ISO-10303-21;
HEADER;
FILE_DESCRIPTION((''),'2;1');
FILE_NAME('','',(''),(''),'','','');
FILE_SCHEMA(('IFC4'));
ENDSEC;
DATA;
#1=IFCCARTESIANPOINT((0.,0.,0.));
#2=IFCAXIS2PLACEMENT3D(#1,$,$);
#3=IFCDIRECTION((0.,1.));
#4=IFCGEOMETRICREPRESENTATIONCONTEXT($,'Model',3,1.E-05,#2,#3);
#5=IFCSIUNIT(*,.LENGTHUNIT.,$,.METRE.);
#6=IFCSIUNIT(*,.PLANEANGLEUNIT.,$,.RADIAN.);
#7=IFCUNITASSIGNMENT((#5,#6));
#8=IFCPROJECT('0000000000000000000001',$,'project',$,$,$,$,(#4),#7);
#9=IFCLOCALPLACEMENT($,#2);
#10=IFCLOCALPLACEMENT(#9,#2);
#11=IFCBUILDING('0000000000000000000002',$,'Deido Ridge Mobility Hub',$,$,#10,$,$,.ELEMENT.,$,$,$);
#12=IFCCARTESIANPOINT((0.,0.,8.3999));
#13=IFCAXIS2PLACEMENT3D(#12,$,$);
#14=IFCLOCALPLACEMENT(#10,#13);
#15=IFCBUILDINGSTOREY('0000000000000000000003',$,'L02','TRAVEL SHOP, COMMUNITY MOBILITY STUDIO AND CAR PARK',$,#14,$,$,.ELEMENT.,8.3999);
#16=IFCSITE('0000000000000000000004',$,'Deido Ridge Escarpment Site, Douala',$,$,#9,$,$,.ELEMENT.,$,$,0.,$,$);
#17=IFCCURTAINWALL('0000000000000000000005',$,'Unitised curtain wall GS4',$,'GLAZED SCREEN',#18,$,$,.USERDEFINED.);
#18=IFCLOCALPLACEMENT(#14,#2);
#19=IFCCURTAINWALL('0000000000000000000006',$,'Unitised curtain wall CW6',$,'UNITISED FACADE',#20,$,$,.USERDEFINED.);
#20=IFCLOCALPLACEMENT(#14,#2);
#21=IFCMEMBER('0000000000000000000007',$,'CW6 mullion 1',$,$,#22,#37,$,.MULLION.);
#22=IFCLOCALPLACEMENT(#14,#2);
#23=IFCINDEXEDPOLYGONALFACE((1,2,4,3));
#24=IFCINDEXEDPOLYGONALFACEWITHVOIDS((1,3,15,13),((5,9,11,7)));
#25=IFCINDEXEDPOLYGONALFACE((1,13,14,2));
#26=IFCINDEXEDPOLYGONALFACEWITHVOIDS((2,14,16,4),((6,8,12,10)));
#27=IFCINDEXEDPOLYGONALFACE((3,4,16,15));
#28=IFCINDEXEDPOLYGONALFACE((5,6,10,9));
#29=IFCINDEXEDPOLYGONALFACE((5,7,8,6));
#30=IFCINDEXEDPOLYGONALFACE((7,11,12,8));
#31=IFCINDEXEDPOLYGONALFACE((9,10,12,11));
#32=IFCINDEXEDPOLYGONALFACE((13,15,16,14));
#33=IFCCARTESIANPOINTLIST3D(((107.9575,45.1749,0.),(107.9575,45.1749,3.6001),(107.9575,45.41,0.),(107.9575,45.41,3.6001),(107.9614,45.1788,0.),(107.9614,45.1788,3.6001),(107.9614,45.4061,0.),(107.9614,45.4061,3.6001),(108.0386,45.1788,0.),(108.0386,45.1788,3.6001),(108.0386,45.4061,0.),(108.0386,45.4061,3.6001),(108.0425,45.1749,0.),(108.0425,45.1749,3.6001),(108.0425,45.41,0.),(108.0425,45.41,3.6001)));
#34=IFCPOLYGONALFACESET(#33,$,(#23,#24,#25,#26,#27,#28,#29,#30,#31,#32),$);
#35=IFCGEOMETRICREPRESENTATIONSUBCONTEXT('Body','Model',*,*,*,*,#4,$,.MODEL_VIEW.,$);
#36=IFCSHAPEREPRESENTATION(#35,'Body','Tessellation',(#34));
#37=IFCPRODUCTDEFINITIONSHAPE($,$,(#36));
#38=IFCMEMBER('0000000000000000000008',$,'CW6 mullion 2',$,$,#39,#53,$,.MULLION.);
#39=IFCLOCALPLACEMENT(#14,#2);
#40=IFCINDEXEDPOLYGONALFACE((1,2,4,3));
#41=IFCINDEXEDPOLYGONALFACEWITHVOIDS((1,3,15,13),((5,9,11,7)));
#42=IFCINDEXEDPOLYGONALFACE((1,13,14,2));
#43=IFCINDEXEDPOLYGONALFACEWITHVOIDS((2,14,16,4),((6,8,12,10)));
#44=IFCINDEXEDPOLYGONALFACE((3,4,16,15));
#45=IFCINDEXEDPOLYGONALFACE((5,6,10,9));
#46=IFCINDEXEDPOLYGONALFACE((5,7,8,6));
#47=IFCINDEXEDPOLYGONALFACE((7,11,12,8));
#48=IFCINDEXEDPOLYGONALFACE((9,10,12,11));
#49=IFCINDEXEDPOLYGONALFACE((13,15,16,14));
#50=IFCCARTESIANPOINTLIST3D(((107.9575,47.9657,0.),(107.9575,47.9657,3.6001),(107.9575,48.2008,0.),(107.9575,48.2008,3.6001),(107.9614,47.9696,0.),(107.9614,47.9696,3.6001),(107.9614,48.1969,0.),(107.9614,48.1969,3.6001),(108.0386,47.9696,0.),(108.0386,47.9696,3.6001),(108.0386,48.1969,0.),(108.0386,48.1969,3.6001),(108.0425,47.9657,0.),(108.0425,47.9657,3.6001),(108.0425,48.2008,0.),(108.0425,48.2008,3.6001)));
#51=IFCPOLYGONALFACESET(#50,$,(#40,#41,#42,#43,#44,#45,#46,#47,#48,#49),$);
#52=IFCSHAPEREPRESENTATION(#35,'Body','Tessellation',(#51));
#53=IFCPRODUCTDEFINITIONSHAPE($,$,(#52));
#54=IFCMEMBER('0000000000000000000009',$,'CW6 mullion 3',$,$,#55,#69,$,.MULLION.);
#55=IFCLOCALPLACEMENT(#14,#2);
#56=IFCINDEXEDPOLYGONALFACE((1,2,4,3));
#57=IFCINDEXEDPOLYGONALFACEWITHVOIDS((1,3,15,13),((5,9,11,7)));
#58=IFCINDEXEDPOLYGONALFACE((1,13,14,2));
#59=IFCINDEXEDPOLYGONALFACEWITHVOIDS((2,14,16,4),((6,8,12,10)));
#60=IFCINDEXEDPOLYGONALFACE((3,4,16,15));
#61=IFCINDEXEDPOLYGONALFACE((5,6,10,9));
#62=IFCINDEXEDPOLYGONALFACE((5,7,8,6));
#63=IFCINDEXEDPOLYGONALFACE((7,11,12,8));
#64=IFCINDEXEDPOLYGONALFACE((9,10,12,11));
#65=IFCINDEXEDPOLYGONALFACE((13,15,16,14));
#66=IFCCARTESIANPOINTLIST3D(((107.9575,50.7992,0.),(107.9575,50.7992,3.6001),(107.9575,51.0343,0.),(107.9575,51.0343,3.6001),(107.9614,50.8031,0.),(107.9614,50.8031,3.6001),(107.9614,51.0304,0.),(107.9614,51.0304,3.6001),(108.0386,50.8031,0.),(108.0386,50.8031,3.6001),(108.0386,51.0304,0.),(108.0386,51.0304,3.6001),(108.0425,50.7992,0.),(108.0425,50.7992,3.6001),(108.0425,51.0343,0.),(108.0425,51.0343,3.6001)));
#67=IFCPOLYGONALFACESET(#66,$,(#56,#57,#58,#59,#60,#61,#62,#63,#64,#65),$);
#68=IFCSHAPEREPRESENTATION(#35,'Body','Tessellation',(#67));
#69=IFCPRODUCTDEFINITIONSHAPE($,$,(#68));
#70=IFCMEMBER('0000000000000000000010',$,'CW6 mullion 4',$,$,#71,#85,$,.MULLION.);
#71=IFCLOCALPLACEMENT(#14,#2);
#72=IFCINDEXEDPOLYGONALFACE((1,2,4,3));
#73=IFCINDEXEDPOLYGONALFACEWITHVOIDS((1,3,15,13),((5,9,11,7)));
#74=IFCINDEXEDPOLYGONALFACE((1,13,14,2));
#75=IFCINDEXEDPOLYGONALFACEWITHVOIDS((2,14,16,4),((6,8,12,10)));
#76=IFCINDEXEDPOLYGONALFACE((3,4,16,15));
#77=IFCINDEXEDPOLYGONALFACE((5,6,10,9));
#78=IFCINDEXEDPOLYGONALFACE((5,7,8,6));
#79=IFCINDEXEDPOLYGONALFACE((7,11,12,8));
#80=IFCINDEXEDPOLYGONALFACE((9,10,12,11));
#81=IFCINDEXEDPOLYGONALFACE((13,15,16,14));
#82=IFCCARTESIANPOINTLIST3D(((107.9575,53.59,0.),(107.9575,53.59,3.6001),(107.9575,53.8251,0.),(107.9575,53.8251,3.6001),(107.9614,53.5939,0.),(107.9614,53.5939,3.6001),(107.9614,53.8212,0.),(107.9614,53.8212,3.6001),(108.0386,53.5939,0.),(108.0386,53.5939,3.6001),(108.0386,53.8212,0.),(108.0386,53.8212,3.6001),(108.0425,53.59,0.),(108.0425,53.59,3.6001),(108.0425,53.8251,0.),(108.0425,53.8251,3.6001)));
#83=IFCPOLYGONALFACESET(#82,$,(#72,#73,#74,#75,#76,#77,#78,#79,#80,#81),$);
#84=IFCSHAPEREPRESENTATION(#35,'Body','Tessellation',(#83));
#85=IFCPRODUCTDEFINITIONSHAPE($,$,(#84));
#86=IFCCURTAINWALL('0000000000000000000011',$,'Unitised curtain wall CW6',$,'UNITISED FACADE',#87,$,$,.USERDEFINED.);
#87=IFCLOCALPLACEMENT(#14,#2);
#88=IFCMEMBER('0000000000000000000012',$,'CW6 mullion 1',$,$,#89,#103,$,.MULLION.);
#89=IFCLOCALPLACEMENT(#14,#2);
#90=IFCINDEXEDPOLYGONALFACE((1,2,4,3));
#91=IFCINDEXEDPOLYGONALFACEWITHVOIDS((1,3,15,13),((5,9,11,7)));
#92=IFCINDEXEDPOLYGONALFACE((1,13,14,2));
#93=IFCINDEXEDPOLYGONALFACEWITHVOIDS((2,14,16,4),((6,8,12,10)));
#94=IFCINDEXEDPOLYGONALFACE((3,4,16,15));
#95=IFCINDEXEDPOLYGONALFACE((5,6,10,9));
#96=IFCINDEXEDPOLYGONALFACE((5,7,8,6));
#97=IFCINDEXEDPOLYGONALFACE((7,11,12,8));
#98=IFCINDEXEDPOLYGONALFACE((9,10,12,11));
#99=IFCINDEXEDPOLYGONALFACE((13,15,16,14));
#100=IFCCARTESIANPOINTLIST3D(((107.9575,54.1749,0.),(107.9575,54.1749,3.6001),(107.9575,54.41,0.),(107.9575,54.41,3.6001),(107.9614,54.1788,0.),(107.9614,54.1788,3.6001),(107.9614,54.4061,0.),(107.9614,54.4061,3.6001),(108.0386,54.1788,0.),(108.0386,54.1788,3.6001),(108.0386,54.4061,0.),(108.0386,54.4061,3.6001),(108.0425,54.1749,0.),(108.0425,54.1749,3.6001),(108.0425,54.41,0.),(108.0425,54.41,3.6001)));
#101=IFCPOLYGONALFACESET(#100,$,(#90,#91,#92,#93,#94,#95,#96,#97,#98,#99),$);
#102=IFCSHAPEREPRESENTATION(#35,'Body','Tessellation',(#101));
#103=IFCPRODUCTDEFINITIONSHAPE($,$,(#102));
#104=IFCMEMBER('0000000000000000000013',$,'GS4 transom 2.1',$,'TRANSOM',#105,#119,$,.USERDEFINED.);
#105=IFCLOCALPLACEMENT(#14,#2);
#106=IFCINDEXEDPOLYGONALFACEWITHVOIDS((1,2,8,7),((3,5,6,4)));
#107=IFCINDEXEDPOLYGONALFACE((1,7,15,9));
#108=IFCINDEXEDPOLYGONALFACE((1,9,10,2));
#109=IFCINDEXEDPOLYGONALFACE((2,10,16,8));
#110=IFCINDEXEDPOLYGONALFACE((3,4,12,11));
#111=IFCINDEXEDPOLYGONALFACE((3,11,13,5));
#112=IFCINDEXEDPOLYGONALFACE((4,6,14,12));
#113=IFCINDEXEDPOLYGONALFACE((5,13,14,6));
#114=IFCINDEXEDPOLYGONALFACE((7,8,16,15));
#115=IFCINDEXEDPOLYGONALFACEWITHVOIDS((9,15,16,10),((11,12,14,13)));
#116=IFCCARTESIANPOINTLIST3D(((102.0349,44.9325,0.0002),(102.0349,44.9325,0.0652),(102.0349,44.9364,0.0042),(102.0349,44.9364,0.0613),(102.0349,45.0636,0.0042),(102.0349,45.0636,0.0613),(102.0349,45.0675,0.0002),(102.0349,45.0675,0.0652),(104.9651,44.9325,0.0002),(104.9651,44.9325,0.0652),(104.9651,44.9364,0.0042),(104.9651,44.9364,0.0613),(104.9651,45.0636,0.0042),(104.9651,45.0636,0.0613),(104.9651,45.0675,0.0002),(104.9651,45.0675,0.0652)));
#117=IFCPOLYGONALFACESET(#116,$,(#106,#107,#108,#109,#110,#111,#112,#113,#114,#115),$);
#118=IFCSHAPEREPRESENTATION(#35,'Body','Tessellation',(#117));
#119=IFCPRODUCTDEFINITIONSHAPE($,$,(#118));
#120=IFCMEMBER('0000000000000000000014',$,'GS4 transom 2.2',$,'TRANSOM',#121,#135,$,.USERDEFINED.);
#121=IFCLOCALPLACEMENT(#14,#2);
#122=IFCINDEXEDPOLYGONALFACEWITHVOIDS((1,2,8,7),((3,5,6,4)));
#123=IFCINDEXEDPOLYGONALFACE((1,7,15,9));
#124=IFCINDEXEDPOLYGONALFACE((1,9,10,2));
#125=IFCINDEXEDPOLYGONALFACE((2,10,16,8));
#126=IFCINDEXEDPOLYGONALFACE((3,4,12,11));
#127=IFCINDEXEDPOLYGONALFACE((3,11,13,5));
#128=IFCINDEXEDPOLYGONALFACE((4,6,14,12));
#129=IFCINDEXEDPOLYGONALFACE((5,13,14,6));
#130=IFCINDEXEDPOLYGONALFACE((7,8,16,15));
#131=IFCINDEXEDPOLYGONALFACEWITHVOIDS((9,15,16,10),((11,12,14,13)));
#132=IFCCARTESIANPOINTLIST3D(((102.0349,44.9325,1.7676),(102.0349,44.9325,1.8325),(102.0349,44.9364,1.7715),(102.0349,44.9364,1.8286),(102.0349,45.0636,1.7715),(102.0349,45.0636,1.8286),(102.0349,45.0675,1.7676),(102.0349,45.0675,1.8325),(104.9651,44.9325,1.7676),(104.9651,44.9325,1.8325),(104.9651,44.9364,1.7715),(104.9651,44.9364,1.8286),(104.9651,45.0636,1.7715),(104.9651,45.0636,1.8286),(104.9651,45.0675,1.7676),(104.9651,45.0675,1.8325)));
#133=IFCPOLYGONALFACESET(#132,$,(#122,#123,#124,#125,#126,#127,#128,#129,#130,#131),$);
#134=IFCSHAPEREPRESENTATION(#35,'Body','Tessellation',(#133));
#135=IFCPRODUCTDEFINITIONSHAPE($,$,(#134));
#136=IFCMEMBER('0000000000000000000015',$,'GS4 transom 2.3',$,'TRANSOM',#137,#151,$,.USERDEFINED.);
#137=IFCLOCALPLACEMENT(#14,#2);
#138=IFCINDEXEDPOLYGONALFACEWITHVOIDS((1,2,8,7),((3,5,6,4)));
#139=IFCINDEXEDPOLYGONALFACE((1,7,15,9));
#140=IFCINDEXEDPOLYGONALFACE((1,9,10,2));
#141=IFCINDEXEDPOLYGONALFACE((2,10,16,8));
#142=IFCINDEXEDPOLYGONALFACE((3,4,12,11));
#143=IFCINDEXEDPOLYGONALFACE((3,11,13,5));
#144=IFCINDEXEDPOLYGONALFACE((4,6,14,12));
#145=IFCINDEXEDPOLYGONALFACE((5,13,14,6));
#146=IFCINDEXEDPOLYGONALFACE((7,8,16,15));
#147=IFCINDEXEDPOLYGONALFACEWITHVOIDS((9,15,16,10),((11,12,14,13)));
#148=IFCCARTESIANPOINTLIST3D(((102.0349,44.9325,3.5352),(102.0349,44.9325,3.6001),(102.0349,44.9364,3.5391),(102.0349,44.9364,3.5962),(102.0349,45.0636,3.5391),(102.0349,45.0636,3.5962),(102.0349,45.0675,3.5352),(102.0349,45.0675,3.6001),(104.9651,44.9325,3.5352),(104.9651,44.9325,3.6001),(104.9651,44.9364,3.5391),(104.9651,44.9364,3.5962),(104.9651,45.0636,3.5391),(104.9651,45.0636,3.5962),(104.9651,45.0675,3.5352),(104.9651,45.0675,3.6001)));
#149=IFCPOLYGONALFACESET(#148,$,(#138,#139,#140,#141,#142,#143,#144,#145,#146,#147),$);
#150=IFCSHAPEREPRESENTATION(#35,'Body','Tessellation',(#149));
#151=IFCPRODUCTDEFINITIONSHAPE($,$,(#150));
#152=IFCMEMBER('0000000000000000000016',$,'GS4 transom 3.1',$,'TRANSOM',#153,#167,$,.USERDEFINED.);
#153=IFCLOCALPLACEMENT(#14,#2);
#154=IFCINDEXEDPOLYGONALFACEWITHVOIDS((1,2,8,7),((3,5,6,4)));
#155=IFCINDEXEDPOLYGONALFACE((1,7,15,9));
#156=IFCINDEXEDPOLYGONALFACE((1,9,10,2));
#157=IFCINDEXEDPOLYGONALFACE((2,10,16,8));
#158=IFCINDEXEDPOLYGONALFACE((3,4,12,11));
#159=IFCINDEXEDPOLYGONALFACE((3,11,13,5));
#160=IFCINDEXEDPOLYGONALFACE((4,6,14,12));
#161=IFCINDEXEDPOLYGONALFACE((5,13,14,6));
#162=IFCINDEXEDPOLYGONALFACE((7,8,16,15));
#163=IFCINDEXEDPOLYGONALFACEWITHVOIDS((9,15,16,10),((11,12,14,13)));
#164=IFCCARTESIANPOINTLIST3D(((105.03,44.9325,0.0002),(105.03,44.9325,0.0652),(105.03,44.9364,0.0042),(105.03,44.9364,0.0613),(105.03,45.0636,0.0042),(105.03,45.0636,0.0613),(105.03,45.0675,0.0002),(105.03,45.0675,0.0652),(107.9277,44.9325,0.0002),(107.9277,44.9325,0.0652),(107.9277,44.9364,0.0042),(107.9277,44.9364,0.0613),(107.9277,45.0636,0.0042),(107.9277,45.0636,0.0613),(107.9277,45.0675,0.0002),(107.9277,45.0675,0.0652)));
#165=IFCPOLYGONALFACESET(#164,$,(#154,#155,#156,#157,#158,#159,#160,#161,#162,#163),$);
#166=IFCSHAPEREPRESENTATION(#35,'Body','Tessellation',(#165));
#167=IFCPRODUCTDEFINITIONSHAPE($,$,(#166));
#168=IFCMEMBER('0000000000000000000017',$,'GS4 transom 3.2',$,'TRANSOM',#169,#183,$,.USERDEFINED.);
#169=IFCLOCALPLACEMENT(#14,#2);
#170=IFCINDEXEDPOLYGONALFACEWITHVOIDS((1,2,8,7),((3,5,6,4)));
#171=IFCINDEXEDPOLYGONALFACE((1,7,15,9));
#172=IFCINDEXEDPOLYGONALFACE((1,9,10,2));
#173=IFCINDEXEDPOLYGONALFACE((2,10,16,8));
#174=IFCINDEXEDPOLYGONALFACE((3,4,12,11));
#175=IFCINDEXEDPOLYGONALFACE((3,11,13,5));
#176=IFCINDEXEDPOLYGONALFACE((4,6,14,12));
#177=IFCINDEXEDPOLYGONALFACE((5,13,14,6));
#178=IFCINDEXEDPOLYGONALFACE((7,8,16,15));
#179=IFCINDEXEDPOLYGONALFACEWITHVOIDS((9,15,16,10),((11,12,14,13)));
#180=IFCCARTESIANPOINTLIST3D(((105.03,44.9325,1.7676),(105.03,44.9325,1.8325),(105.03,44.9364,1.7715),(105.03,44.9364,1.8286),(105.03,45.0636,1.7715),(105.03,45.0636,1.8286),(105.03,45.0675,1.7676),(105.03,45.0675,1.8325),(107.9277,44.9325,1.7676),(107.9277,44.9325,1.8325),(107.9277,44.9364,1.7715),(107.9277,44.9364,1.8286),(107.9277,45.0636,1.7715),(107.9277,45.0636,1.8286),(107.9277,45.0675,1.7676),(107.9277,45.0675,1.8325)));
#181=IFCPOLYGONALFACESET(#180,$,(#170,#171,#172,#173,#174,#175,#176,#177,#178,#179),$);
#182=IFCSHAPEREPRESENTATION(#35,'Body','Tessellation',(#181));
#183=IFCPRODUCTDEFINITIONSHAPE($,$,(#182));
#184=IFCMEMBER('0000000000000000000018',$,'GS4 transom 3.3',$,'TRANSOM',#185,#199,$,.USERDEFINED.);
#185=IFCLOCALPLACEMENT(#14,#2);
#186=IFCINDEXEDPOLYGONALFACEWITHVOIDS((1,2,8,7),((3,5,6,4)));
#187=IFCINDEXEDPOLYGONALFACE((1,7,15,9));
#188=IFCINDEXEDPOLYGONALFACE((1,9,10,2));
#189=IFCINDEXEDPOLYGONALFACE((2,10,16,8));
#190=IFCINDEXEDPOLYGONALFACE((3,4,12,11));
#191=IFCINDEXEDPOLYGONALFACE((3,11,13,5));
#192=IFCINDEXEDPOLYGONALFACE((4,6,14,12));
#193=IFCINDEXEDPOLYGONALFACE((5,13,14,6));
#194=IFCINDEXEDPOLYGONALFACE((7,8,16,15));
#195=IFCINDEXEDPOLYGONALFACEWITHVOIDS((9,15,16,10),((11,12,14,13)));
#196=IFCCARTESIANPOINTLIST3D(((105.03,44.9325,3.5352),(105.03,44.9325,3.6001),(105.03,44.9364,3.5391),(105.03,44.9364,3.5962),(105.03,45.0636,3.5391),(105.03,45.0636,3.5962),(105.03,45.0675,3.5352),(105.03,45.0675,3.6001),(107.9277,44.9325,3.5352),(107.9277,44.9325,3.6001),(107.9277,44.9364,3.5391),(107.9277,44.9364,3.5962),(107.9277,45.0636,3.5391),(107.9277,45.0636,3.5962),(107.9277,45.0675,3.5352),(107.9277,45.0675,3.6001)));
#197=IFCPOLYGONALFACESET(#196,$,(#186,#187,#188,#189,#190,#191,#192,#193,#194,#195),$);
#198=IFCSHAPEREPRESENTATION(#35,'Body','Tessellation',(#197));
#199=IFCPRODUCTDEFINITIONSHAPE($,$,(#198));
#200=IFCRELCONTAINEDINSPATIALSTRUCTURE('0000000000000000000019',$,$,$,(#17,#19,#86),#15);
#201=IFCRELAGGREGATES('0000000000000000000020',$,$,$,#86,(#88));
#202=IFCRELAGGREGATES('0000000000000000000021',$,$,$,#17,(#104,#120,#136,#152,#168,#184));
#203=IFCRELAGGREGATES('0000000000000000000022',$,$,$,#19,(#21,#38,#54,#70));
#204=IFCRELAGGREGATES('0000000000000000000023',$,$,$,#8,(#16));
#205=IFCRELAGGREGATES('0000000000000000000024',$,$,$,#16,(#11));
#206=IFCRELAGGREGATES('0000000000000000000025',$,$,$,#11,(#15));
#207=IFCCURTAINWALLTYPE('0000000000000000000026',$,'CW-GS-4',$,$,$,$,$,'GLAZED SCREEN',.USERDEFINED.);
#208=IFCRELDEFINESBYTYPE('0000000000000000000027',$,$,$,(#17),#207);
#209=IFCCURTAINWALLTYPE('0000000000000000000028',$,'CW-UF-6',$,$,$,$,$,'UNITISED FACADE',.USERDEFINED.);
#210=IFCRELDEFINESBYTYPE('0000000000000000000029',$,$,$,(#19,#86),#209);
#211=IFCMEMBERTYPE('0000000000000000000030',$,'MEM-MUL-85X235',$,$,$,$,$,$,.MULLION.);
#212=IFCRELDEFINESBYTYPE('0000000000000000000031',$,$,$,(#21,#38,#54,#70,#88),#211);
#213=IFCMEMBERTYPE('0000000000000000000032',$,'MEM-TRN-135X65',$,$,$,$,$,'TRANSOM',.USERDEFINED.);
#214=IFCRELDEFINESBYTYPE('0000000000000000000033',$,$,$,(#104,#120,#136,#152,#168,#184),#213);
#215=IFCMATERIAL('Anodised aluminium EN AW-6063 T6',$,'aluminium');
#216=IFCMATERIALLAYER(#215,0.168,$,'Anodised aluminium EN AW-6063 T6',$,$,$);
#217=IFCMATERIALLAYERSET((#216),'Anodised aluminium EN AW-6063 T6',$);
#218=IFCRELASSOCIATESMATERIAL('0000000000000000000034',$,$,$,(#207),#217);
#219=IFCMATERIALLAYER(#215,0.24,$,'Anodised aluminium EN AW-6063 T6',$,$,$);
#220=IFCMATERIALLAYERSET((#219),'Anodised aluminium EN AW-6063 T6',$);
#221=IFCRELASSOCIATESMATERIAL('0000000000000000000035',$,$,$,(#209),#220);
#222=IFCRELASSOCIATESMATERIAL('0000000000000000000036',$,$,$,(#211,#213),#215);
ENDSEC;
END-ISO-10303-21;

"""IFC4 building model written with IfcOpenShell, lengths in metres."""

from ifc_helpers import new_model, si_unit, direction, frame, origin, origin_2d, place, context, subcontext, project, spatial, hollow_rectangle, extrude, material, layer, layer_set, material_profile, profile_set, type_object, element, aggregate, save


model = new_model("IFC4")

# Units and contexts
model_context = context("Model", 3, precision=1e-05, world=origin(), true_north=direction((0.0, 1.0)))
body_context = subcontext(model_context, "Body", "Model", "MODEL_VIEW")
ifc_project = project(units=[si_unit("LENGTHUNIT", "METRE"), si_unit("PLANEANGLEUNIT", "RADIAN")], contexts=[model_context])

# Site, building, storey
site_placement = place(None, origin())
site = spatial("IfcSite", under=ifc_project, at=site_placement, Name="Deido Ridge Escarpment Site, Douala", CompositionType="ELEMENT", RefElevation=0.0)
building_placement = place(site_placement, origin())
building = spatial("IfcBuilding", under=site, at=building_placement, Name="Deido Ridge Mobility Hub", CompositionType="ELEMENT")
storey_placement = place(building_placement, frame((0.0, 0.0, 8.3999)))
storey = spatial("IfcBuildingStorey", under=building, at=storey_placement, Name="L02", Description="TRAVEL SHOP, COMMUNITY MOBILITY STUDIO AND CAR PARK", CompositionType="ELEMENT", Elevation=8.3999)

# Curtain walls, members
ifc_material_1 = material(Name="Anodised aluminium EN AW-6063 T6", Category="aluminium")
ifc_layer_1 = layer(ifc_material_1, 0.168, Name="Anodised aluminium EN AW-6063 T6")
ifc_layer_set_1 = layer_set([ifc_layer_1], Name="Anodised aluminium EN AW-6063 T6")
curtain_wall_type_1 = type_object("IfcCurtainWallType", Name="CW-GS-4", ElementType="GLAZED SCREEN", PredefinedType="USERDEFINED", material=ifc_layer_set_1)
curtain_wall_1_placement = place(storey_placement, origin())
curtain_wall_1 = element("IfcCurtainWall", 1, at=curtain_wall_1_placement, inside=storey, type_object=curtain_wall_type_1, Name="Unitised curtain wall GS4", ObjectType="GLAZED SCREEN", PredefinedType="USERDEFINED")
ifc_layer_2 = layer(ifc_material_1, 0.24, Name="Anodised aluminium EN AW-6063 T6")
ifc_layer_set_2 = layer_set([ifc_layer_2], Name="Anodised aluminium EN AW-6063 T6")
curtain_wall_type_2 = type_object("IfcCurtainWallType", Name="CW-UF-6", ElementType="UNITISED FACADE", PredefinedType="USERDEFINED", material=ifc_layer_set_2)
curtain_wall_2_placement = place(storey_placement, origin())
curtain_wall_2 = element("IfcCurtainWall", 2, at=curtain_wall_2_placement, inside=storey, type_object=curtain_wall_type_2, Name="Unitised curtain wall CW6", ObjectType="UNITISED FACADE", PredefinedType="USERDEFINED")
ifc_material_profile_1 = material_profile(ifc_material_1, hollow_rectangle(XDim=0.085, YDim=0.2351, WallThickness=0.0039, at=origin_2d()), Name="RHS 85x235x4")
ifc_profile_set_1 = profile_set([ifc_material_profile_1], Name="Anodised aluminium EN AW-6063 T6")
member_type_1 = type_object("IfcMemberType", Name="MEM-MUL-85X235", PredefinedType="MULLION", material=ifc_profile_set_1)
member_1_placement = place(storey_placement, frame((108.0, 45.2925, 0.0), z_axis=(0.0, 0.0, 1.0), x_axis=(-1.0, 0.0, 0.0)))
member_1 = element("IfcMember", 3, at=member_1_placement, type_object=member_type_1, Name="CW6 mullion 1", PredefinedType="MULLION", context=body_context, shape_type="SweptSolid", body=[
    extrude(hollow_rectangle(XDim=0.085, YDim=0.2351, WallThickness=0.0039, at=origin_2d()), origin(), (0.0, 0.0, 1.0), 3.6001),
])
member_2_placement = place(storey_placement, frame((108.0, 48.0833, 0.0), z_axis=(0.0, 0.0, 1.0), x_axis=(-1.0, 0.0, 0.0)))
member_2 = element("IfcMember", 4, at=member_2_placement, type_object=member_type_1, Name="CW6 mullion 2", PredefinedType="MULLION", context=body_context, shape_type="SweptSolid", body=[
    extrude(hollow_rectangle(XDim=0.085, YDim=0.2351, WallThickness=0.0039, at=origin_2d()), origin(), (0.0, 0.0, 1.0), 3.6001),
])
member_3_placement = place(storey_placement, frame((108.0, 50.9167, 0.0), z_axis=(0.0, 0.0, 1.0), x_axis=(-1.0, 0.0, 0.0)))
member_3 = element("IfcMember", 5, at=member_3_placement, type_object=member_type_1, Name="CW6 mullion 3", PredefinedType="MULLION", context=body_context, shape_type="SweptSolid", body=[
    extrude(hollow_rectangle(XDim=0.085, YDim=0.2351, WallThickness=0.0039, at=origin_2d()), origin(), (0.0, 0.0, 1.0), 3.6001),
])
member_4_placement = place(storey_placement, frame((108.0, 53.7075, 0.0), z_axis=(0.0, 0.0, 1.0), x_axis=(-1.0, 0.0, 0.0)))
member_4 = element("IfcMember", 6, at=member_4_placement, type_object=member_type_1, Name="CW6 mullion 4", PredefinedType="MULLION", context=body_context, shape_type="SweptSolid", body=[
    extrude(hollow_rectangle(XDim=0.085, YDim=0.2351, WallThickness=0.0039, at=origin_2d()), origin(), (0.0, 0.0, 1.0), 3.6001),
])

# Curtain wall, member
curtain_wall_3_placement = place(storey_placement, origin())
curtain_wall_3 = element("IfcCurtainWall", 7, at=curtain_wall_3_placement, inside=storey, type_object=curtain_wall_type_2, Name="Unitised curtain wall CW6", ObjectType="UNITISED FACADE", PredefinedType="USERDEFINED")
member_5_placement = place(storey_placement, frame((108.0, 54.2925, 0.0), z_axis=(0.0, 0.0, 1.0), x_axis=(-1.0, 0.0, 0.0)))
member_5 = element("IfcMember", 8, at=member_5_placement, type_object=member_type_1, Name="CW6 mullion 1", PredefinedType="MULLION", context=body_context, shape_type="SweptSolid", body=[
    extrude(hollow_rectangle(XDim=0.085, YDim=0.2351, WallThickness=0.0039, at=origin_2d()), origin(), (0.0, 0.0, 1.0), 3.6001),
])
aggregate(curtain_wall_3, [member_5])

# Members
ifc_material_profile_2 = material_profile(ifc_material_1, hollow_rectangle(XDim=0.135, YDim=0.0649, WallThickness=0.0039, at=origin_2d()), Name="RHS 135x65x4")
ifc_profile_set_2 = profile_set([ifc_material_profile_2], Name="Anodised aluminium EN AW-6063 T6")
member_type_2 = type_object("IfcMemberType", Name="MEM-TRN-135X65", ElementType="TRANSOM", PredefinedType="USERDEFINED", material=ifc_profile_set_2)
member_6_placement = place(storey_placement, frame((102.0349, 45.0, 0.0327), z_axis=(1.0, 0.0, 0.0), x_axis=(0.0, 1.0, 0.0)))
member_6 = element("IfcMember", 9, at=member_6_placement, type_object=member_type_2, Name="GS4 transom 2.1", ObjectType="TRANSOM", PredefinedType="USERDEFINED", context=body_context, shape_type="SweptSolid", body=[
    extrude(hollow_rectangle(XDim=0.135, YDim=0.0649, WallThickness=0.0039, at=origin_2d()), origin(), (0.0, 0.0, 1.0), 2.9302),
])
member_7_placement = place(storey_placement, frame((102.0349, 45.0, 1.8), z_axis=(1.0, 0.0, 0.0), x_axis=(0.0, 1.0, 0.0)))
member_7 = element("IfcMember", 10, at=member_7_placement, type_object=member_type_2, Name="GS4 transom 2.2", ObjectType="TRANSOM", PredefinedType="USERDEFINED", context=body_context, shape_type="SweptSolid", body=[
    extrude(hollow_rectangle(XDim=0.135, YDim=0.0649, WallThickness=0.0039, at=origin_2d()), origin(), (0.0, 0.0, 1.0), 2.9302),
])
member_8_placement = place(storey_placement, frame((102.0349, 45.0, 3.5676), z_axis=(1.0, 0.0, 0.0), x_axis=(0.0, 1.0, 0.0)))
member_8 = element("IfcMember", 11, at=member_8_placement, type_object=member_type_2, Name="GS4 transom 2.3", ObjectType="TRANSOM", PredefinedType="USERDEFINED", context=body_context, shape_type="SweptSolid", body=[
    extrude(hollow_rectangle(XDim=0.135, YDim=0.0649, WallThickness=0.0039, at=origin_2d()), origin(), (0.0, 0.0, 1.0), 2.9302),
])
member_9_placement = place(storey_placement, frame((105.03, 45.0, 0.0327), z_axis=(1.0, 0.0, 0.0), x_axis=(0.0, 1.0, 0.0)))
member_9 = element("IfcMember", 12, at=member_9_placement, type_object=member_type_2, Name="GS4 transom 3.1", ObjectType="TRANSOM", PredefinedType="USERDEFINED", context=body_context, shape_type="SweptSolid", body=[
    extrude(hollow_rectangle(XDim=0.135, YDim=0.0649, WallThickness=0.0039, at=origin_2d()), origin(), (0.0, 0.0, 1.0), 2.8977),
])
member_10_placement = place(storey_placement, frame((105.03, 45.0, 1.8), z_axis=(1.0, 0.0, 0.0), x_axis=(0.0, 1.0, 0.0)))
member_10 = element("IfcMember", 13, at=member_10_placement, type_object=member_type_2, Name="GS4 transom 3.2", ObjectType="TRANSOM", PredefinedType="USERDEFINED", context=body_context, shape_type="SweptSolid", body=[
    extrude(hollow_rectangle(XDim=0.135, YDim=0.0649, WallThickness=0.0039, at=origin_2d()), origin(), (0.0, 0.0, 1.0), 2.8977),
])
member_11_placement = place(storey_placement, frame((105.03, 45.0, 3.5676), z_axis=(1.0, 0.0, 0.0), x_axis=(0.0, 1.0, 0.0)))
member_11 = element("IfcMember", 14, at=member_11_placement, type_object=member_type_2, Name="GS4 transom 3.3", ObjectType="TRANSOM", PredefinedType="USERDEFINED", context=body_context, shape_type="SweptSolid", body=[
    extrude(hollow_rectangle(XDim=0.135, YDim=0.0649, WallThickness=0.0039, at=origin_2d()), origin(), (0.0, 0.0, 1.0), 2.8977),
])

aggregate(curtain_wall_1, [member_6, member_7, member_8, member_9, member_10, member_11])
aggregate(curtain_wall_2, [member_1, member_2, member_3, member_4])

save(model, "model.ifc")
